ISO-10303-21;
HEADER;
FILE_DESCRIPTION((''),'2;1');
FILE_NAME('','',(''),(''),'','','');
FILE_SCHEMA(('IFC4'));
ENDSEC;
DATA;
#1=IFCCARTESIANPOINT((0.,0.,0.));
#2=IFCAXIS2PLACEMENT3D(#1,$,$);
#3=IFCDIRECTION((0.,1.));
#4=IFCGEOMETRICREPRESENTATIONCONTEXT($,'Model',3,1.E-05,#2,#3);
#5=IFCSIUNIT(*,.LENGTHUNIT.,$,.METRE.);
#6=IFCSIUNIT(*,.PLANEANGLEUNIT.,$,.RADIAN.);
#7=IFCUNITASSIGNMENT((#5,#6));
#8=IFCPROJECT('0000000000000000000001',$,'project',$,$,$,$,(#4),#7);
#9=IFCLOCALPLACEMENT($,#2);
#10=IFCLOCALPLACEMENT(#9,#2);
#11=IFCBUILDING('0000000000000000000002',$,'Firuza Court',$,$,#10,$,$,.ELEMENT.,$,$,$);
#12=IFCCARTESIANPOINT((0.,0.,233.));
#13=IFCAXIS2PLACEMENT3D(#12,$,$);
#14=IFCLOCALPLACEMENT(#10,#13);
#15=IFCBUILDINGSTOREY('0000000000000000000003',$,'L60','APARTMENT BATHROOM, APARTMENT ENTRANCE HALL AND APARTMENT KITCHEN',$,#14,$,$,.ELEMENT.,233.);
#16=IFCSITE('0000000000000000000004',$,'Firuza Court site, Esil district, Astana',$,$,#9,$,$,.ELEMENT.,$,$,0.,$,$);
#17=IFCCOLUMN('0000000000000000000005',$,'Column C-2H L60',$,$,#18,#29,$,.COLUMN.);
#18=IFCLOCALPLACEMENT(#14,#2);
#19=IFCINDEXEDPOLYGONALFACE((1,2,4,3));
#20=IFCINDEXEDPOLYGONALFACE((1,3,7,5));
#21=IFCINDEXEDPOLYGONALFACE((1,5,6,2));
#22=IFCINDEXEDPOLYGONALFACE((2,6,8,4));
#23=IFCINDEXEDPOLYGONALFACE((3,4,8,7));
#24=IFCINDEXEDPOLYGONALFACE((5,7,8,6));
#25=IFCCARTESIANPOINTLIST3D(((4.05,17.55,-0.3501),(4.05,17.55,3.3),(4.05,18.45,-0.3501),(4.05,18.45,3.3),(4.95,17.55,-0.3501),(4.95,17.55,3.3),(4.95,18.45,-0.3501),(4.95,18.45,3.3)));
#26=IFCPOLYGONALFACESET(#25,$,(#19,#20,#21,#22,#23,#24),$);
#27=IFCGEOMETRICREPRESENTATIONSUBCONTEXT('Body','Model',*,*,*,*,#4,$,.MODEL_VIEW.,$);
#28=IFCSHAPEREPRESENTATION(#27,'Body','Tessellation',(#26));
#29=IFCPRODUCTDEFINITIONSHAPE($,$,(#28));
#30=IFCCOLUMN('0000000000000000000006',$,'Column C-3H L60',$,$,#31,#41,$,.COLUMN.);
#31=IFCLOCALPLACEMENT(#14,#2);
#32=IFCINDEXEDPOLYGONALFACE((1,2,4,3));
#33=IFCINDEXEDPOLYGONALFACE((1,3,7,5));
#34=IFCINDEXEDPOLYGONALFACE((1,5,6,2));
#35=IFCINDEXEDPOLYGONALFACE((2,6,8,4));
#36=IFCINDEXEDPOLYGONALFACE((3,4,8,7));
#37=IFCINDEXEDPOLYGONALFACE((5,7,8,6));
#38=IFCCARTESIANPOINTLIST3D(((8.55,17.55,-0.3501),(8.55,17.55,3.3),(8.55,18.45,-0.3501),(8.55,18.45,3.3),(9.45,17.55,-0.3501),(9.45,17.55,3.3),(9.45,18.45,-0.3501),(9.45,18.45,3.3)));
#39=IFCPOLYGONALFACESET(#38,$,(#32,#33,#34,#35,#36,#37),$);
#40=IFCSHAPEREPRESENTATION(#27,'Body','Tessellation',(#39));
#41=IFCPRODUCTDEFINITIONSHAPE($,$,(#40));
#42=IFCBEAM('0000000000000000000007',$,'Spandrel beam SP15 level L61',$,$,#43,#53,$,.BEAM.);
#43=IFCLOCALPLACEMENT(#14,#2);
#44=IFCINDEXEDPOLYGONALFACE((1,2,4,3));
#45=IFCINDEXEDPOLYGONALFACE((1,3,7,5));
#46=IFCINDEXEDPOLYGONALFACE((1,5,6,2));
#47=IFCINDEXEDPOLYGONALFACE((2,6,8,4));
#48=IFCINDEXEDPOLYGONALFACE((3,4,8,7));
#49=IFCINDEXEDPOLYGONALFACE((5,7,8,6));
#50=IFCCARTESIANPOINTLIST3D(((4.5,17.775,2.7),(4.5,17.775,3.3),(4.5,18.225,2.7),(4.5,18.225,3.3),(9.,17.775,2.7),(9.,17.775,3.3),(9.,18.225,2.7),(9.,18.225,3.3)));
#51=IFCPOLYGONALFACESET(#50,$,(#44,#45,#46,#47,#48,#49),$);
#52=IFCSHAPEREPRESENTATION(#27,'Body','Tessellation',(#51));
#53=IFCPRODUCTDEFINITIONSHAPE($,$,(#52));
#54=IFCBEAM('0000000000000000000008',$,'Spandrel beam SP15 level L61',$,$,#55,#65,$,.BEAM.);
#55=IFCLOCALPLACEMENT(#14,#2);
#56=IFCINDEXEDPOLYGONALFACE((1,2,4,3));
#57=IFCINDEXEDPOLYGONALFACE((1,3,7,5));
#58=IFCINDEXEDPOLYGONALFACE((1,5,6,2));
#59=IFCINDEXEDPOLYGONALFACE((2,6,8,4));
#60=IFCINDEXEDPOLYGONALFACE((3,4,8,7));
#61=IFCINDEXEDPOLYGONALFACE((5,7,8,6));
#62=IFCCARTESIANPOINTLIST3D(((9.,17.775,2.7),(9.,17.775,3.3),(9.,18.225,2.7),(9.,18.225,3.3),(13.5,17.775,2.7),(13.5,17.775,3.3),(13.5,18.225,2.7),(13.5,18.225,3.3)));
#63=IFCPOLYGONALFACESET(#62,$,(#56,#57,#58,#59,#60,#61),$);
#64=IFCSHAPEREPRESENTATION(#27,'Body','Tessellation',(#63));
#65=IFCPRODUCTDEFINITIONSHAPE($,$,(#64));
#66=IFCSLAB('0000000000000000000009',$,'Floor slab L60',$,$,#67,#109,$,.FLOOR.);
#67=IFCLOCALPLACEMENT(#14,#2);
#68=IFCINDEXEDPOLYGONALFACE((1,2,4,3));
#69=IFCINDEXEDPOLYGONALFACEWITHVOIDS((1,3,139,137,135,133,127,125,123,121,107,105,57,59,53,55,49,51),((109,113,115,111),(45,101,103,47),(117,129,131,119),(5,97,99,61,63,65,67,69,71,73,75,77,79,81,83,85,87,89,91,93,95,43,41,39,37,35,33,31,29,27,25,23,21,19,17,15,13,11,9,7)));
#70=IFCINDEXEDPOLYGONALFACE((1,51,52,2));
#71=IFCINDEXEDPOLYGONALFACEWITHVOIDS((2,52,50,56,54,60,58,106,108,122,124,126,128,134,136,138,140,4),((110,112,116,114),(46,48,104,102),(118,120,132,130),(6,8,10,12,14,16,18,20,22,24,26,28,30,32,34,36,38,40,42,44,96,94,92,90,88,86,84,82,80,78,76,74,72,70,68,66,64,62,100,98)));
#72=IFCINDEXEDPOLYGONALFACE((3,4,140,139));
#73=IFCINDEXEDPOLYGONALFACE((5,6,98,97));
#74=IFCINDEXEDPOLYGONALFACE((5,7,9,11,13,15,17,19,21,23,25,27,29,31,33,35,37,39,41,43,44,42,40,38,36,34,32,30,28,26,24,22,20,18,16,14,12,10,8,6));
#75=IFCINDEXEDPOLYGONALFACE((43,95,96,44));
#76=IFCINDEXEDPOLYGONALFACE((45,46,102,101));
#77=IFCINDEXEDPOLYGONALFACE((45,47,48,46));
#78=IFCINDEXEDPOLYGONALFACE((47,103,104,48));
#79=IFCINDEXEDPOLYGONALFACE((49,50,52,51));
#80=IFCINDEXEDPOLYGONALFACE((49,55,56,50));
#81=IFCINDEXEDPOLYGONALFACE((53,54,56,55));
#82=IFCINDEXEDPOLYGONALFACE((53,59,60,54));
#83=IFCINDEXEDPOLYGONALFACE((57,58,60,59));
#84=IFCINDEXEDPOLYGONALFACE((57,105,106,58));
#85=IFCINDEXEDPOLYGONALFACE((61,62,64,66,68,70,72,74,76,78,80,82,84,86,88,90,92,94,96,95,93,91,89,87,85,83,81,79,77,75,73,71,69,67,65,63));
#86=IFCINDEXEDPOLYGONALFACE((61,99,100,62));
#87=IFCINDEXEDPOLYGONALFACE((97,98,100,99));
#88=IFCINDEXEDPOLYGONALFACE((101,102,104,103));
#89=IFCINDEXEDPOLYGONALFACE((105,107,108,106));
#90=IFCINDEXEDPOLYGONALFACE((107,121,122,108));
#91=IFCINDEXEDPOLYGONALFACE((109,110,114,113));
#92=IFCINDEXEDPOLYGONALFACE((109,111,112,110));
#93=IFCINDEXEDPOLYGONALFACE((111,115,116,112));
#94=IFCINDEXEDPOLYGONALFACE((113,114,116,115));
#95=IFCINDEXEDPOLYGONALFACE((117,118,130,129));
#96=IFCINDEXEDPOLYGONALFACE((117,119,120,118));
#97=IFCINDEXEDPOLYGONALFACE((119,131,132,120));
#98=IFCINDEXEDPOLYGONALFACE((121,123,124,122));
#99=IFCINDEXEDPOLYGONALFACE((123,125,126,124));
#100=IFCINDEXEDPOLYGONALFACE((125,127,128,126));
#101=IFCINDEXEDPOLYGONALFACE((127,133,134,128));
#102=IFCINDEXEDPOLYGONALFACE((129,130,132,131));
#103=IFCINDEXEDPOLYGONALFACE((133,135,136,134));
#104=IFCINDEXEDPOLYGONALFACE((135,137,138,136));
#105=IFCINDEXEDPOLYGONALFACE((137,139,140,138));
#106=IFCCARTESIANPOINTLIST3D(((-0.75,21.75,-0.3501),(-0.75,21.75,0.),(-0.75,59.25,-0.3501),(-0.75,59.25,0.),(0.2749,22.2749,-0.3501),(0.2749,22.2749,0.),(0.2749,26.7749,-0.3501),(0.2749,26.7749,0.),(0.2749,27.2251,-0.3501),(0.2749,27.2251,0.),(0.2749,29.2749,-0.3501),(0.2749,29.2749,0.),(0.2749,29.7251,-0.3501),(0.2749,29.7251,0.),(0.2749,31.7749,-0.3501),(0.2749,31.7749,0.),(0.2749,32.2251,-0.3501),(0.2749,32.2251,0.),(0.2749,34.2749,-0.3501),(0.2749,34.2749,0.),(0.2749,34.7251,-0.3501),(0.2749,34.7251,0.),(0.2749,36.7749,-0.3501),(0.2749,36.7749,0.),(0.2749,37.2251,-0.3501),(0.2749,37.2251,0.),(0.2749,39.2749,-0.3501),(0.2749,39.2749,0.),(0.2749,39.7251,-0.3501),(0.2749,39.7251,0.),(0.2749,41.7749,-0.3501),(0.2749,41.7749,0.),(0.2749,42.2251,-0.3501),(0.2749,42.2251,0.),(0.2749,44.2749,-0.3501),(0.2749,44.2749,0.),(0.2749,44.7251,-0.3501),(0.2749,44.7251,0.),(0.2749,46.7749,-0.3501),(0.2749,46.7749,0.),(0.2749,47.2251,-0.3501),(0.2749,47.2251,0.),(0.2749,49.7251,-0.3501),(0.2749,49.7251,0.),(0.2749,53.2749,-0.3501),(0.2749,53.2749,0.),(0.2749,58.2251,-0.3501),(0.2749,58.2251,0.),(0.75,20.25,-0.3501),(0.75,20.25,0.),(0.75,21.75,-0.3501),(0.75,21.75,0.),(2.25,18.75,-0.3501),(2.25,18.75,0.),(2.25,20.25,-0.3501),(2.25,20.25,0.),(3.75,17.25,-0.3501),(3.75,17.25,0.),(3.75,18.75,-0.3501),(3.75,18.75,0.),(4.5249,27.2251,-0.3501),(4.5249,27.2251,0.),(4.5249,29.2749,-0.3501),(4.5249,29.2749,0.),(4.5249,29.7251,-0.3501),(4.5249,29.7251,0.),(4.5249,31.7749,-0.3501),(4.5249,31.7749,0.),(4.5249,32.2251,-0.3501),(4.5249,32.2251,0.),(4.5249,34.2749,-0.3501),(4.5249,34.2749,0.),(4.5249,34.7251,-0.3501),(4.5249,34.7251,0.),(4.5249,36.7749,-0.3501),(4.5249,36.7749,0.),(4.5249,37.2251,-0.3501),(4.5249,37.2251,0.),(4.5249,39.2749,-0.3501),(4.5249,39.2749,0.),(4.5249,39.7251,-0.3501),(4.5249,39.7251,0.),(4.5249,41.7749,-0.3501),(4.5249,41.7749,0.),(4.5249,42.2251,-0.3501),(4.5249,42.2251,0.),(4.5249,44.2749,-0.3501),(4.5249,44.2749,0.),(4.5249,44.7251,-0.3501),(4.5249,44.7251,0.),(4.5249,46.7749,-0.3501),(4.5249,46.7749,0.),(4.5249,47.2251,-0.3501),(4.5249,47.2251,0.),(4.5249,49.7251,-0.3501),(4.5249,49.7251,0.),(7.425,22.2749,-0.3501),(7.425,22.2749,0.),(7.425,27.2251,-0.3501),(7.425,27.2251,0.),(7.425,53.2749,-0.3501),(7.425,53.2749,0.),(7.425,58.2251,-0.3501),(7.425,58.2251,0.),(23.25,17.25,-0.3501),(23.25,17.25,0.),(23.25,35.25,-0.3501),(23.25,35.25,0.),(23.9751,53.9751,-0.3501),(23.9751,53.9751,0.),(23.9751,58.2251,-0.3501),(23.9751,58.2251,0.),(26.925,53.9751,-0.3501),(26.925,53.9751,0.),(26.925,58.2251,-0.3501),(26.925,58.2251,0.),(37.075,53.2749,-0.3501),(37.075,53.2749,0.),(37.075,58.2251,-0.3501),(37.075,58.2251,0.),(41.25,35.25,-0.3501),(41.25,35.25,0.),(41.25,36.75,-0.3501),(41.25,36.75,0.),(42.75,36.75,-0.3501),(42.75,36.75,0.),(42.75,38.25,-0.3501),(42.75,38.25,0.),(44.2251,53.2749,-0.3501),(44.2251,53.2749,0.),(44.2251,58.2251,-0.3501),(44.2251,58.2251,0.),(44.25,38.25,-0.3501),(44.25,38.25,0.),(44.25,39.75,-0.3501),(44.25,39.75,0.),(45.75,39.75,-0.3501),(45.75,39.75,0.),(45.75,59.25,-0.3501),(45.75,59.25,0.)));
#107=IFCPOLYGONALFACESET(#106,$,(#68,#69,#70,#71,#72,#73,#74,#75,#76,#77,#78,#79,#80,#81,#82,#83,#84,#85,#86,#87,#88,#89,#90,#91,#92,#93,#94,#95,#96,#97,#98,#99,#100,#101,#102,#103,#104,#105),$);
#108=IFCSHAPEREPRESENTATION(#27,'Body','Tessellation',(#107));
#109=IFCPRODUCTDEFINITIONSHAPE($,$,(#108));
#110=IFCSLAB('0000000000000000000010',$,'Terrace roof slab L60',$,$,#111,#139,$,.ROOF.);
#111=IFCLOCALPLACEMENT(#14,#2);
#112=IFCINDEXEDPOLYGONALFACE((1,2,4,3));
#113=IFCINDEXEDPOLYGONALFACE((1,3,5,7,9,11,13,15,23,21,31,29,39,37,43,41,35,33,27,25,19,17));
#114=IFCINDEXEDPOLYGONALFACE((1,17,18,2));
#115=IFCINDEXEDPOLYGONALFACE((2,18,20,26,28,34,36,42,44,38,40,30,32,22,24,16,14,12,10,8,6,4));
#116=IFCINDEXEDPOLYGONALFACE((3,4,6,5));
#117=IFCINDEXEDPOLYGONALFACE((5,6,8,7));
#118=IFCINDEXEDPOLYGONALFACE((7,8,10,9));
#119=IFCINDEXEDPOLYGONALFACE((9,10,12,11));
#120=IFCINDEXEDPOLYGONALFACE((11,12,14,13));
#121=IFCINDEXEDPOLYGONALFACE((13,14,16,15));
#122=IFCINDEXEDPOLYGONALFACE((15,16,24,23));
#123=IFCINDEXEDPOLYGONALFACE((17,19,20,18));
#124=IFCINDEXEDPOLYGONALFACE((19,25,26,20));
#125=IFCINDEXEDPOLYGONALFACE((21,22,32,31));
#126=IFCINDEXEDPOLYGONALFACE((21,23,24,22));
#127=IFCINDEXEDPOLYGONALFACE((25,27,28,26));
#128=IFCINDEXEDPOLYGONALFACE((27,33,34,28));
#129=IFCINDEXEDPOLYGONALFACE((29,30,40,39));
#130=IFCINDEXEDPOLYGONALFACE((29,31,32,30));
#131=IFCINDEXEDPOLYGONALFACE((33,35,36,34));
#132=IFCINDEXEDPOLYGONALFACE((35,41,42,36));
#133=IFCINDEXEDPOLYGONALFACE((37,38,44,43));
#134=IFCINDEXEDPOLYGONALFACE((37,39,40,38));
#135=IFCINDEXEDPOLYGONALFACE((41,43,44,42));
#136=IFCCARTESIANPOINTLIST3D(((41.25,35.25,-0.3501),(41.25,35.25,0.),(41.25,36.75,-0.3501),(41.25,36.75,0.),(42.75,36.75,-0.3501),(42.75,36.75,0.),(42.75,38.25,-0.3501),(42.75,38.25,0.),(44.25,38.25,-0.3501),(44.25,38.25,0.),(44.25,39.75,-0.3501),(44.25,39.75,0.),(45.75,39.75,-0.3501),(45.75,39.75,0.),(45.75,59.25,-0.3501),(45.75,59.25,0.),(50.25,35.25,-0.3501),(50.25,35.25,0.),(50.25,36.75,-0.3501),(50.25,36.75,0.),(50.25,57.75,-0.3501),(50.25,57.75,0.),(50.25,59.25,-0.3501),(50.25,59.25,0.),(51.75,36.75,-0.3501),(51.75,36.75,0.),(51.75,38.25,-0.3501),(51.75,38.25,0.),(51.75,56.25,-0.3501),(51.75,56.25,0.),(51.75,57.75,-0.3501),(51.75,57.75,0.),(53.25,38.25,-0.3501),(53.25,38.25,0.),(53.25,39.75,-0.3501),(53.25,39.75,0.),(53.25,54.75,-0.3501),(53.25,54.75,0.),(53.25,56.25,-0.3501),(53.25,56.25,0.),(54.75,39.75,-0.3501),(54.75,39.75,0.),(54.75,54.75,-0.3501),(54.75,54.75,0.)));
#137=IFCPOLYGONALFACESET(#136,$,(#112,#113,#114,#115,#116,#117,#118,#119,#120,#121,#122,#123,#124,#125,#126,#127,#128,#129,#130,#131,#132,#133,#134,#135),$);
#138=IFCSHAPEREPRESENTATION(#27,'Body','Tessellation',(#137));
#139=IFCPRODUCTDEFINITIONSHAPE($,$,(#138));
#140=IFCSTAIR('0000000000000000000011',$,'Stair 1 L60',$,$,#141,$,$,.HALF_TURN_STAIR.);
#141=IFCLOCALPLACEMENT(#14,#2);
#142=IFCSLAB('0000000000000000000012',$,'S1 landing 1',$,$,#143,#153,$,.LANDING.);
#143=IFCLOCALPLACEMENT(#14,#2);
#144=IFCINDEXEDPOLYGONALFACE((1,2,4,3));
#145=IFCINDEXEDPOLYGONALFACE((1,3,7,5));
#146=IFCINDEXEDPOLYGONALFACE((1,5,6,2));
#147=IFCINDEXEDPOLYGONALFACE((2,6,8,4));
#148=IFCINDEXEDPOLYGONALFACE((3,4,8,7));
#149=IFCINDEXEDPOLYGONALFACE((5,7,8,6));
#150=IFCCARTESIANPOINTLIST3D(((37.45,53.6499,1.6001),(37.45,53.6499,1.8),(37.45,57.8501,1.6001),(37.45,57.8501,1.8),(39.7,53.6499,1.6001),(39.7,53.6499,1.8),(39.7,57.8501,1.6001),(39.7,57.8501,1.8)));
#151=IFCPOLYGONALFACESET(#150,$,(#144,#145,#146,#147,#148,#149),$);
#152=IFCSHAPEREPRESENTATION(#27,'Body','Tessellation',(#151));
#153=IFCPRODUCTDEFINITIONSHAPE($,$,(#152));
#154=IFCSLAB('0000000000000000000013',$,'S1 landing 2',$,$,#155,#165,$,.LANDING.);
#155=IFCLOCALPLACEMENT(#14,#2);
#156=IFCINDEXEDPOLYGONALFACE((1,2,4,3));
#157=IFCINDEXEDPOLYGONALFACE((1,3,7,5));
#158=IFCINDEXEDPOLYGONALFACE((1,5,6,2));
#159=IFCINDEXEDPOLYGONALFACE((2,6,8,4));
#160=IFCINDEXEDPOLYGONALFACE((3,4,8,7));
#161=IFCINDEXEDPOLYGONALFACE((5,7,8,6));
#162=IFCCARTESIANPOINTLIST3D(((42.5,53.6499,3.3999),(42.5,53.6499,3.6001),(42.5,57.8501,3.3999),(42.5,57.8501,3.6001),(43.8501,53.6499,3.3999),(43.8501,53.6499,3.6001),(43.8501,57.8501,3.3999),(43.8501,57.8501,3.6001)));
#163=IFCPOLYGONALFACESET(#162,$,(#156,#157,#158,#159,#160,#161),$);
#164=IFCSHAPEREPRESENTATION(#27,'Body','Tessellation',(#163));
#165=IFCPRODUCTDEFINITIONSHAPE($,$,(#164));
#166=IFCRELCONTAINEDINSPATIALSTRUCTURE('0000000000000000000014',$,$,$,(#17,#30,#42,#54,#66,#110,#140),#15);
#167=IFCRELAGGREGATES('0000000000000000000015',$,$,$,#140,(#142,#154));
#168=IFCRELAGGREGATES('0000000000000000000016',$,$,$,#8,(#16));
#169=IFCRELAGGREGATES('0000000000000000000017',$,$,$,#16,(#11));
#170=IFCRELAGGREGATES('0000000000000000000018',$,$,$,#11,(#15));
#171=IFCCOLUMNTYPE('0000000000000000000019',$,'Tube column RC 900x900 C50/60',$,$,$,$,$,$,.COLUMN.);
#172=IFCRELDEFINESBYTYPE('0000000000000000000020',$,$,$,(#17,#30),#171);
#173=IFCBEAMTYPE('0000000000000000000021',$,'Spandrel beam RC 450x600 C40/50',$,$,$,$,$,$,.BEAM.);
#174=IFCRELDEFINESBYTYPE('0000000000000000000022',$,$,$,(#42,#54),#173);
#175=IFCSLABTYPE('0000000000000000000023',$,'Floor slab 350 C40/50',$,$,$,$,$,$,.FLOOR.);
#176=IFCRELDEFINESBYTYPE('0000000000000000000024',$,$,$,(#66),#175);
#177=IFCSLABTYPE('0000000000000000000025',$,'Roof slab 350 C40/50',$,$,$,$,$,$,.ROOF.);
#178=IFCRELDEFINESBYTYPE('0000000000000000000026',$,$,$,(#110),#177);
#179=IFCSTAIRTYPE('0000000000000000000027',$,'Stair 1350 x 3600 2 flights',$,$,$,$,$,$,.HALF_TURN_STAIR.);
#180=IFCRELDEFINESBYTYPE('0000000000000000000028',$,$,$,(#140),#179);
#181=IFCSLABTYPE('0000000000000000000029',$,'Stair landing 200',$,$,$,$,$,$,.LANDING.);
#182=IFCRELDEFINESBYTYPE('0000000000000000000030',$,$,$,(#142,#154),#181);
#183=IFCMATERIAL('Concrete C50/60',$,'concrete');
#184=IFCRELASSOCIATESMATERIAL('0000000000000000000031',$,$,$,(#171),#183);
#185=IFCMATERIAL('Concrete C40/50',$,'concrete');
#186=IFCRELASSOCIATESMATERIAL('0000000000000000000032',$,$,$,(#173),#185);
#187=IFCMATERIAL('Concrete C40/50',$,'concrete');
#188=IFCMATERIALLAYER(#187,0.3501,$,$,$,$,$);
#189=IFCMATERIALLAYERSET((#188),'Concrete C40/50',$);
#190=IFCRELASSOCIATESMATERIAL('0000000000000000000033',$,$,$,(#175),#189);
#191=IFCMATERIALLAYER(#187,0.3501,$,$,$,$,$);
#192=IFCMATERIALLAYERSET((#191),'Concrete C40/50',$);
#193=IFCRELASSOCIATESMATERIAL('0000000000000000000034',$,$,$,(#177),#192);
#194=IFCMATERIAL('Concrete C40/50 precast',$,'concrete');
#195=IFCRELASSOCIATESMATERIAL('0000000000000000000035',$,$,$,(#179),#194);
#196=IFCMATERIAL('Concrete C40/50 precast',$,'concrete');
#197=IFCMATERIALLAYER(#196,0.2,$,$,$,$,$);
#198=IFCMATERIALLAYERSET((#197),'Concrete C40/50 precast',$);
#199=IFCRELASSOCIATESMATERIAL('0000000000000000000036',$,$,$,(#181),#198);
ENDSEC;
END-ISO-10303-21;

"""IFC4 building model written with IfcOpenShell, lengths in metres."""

from ifc_helpers import new_model, si_unit, direction, frame, origin, origin_2d, place, context, subcontext, project, spatial, polyline, rectangle, outline, extrude, material, layer, layer_set, material_profile, profile_set, type_object, element, aggregate, save


model = new_model("IFC4")

# Units and contexts
model_context = context("Model", 3, precision=1e-05, world=origin(), true_north=direction((0.0, 1.0)))
body_context = subcontext(model_context, "Body", "Model", "MODEL_VIEW")
ifc_project = project(units=[si_unit("LENGTHUNIT", "METRE"), si_unit("PLANEANGLEUNIT", "RADIAN")], contexts=[model_context])

# Site, building, storey
site_placement = place(None, origin())
site = spatial("IfcSite", under=ifc_project, at=site_placement, Name="Firuza Court site, Esil district, Astana", CompositionType="ELEMENT", RefElevation=0.0)
building_placement = place(site_placement, origin())
building = spatial("IfcBuilding", under=site, at=building_placement, Name="Firuza Court", CompositionType="ELEMENT")
storey_placement = place(building_placement, frame((0.0, 0.0, 233.0)))
storey = spatial("IfcBuildingStorey", under=building, at=storey_placement, Name="L60", Description="APARTMENT BATHROOM, APARTMENT ENTRANCE HALL AND APARTMENT KITCHEN", CompositionType="ELEMENT", Elevation=233.0)

# Columns
ifc_material_1 = material(Name="Concrete C50/60", Category="concrete")
ifc_material_profile_1 = material_profile(ifc_material_1, rectangle(XDim=0.8999, YDim=0.8999, at=origin_2d()), Name="RC 900x900")
ifc_profile_set_1 = profile_set([ifc_material_profile_1], Name="Concrete C50/60")
column_type = type_object("IfcColumnType", Name="Tube column RC 900x900 C50/60", PredefinedType="COLUMN", material=ifc_profile_set_1)
for number, where, z_axis, x_axis, name in (
    (1, (4.5, 18.0, -0.3501), (0.0, 0.0, 1.0), (1.0, 0.0, 0.0), "Column C-2H L60"),
    (2, (9.0, 18.0, -0.3501), (0.0, 0.0, 1.0), (1.0, 0.0, 0.0), "Column C-3H L60"),
):
    element("IfcColumn", number, at=place(storey_placement, frame(where, z_axis=z_axis, x_axis=x_axis)), inside=storey, type_object=column_type, Name=name, PredefinedType="COLUMN", context=body_context, shape_type="SweptSolid", body=[
        extrude(rectangle(XDim=0.8999, YDim=0.8999, at=origin_2d()), origin(), (0.0, 0.0, 1.0), 3.6501),
    ])

# Beams
ifc_material_2 = material(Name="Concrete C40/50", Category="concrete")
ifc_material_profile_2 = material_profile(ifc_material_2, rectangle(XDim=0.45, YDim=0.6001, at=origin_2d()), Name="RC 450x600")
ifc_profile_set_2 = profile_set([ifc_material_profile_2], Name="Concrete C40/50")
beam_type = type_object("IfcBeamType", Name="Spandrel beam RC 450x600 C40/50", PredefinedType="BEAM", material=ifc_profile_set_2)
for number, where, z_axis, x_axis, name in (
    (3, (4.5, 18.0, 3.0), (1.0, 0.0, 0.0), (0.0, 1.0, 0.0), "Spandrel beam SP15 level L61"),
    (4, (9.0, 18.0, 3.0), (1.0, 0.0, 0.0), (0.0, 1.0, 0.0), "Spandrel beam SP15 level L61"),
):
    element("IfcBeam", number, at=place(storey_placement, frame(where, z_axis=z_axis, x_axis=x_axis)), inside=storey, type_object=beam_type, Name=name, PredefinedType="BEAM", context=body_context, shape_type="SweptSolid", body=[
        extrude(rectangle(XDim=0.45, YDim=0.6001, at=origin_2d()), origin(), (0.0, 0.0, 1.0), 4.5),
    ])

# Slabs
ifc_material_3 = material(Name="Concrete C40/50", Category="concrete")
ifc_layer_1 = layer(ifc_material_3, 0.3501)
ifc_layer_set_1 = layer_set([ifc_layer_1], Name="Concrete C40/50")
slab_type_1 = type_object("IfcSlabType", Name="Floor slab 350 C40/50", PredefinedType="FLOOR", material=ifc_layer_set_1)
slab_1_placement = place(storey_placement, frame((0.0, 0.0, -0.3501)))
element("IfcSlab", 5, at=slab_1_placement, inside=storey, type_object=slab_type_1, Name="Floor slab L60", PredefinedType="FLOOR", context=body_context, shape_type="SweptSolid", body=[
    extrude(outline(polyline([(-0.75, 59.25), (45.75, 59.25), (45.75, 39.75), (44.25, 39.75), (44.25, 38.25), (42.75, 38.25), (42.75, 36.75), (41.25, 36.75), (41.25, 35.25), (23.25, 35.25), (23.25, 17.25), (3.75, 17.25), (3.75, 18.75), (2.25, 18.75), (2.25, 20.25), (0.75, 20.25), (0.75, 21.75), (-0.75, 21.75), (-0.75, 59.25)]), holes=[polyline([(0.2749, 34.2749), (0.2749, 32.2251), (0.2749, 31.7749), (0.2749, 29.7251), (0.2749, 29.2749), (0.2749, 27.2251), (0.2749, 26.7749), (0.2749, 22.2749), (7.425, 22.2749), (7.425, 27.2251), (4.5249, 27.2251), (4.5249, 29.2749), (4.5249, 29.7251), (4.5249, 31.7749), (4.5249, 32.2251), (4.5249, 34.2749), (4.5249, 34.7251), (4.5249, 36.7749), (4.5249, 37.2251), (4.5249, 39.2749), (4.5249, 39.7251), (4.5249, 41.7749), (4.5249, 42.2251), (4.5249, 44.2749), (4.5249, 44.7251), (4.5249, 46.7749), (4.5249, 47.2251), (4.5249, 49.7251), (0.2749, 49.7251), (0.2749, 47.2251), (0.2749, 46.7749), (0.2749, 44.7251), (0.2749, 44.2749), (0.2749, 42.2251), (0.2749, 41.7749), (0.2749, 39.7251), (0.2749, 39.2749), (0.2749, 37.2251), (0.2749, 36.7749), (0.2749, 34.7251), (0.2749, 34.2749)]), polyline([(7.425, 58.2251), (0.2749, 58.2251), (0.2749, 53.2749), (7.425, 53.2749), (7.425, 58.2251)]), polyline([(44.2251, 58.2251), (37.075, 58.2251), (37.075, 53.2749), (44.2251, 53.2749), (44.2251, 58.2251)]), polyline([(26.925, 58.2251), (23.9751, 58.2251), (23.9751, 53.9751), (26.925, 53.9751), (26.925, 58.2251)])]), origin(), (0.0, 0.0, 1.0), 0.3501),
])
ifc_layer_2 = layer(ifc_material_3, 0.3501)
ifc_layer_set_2 = layer_set([ifc_layer_2], Name="Concrete C40/50")
slab_type_2 = type_object("IfcSlabType", Name="Roof slab 350 C40/50", PredefinedType="ROOF", material=ifc_layer_set_2)
slab_2_placement = place(storey_placement, frame((0.0, 0.0, -0.3501)))
element("IfcSlab", 6, at=slab_2_placement, inside=storey, type_object=slab_type_2, Name="Terrace roof slab L60", PredefinedType="ROOF", context=body_context, shape_type="SweptSolid", body=[
    extrude(outline(polyline([(50.25, 59.25), (50.25, 57.75), (51.75, 57.75), (51.75, 56.25), (53.25, 56.25), (53.25, 54.75), (54.75, 54.75), (54.75, 39.75), (53.25, 39.75), (53.25, 38.25), (51.75, 38.25), (51.75, 36.75), (50.25, 36.75), (50.25, 35.25), (41.25, 35.25), (41.25, 36.75), (42.75, 36.75), (42.75, 38.25), (44.25, 38.25), (44.25, 39.75), (45.75, 39.75), (45.75, 59.25), (50.25, 59.25)])), origin(), (0.0, 0.0, 1.0), 0.3501),
])

# Stair, slabs
ifc_material_4 = material(Name="Concrete C40/50 precast", Category="concrete")
stair_type = type_object("IfcStairType", Name="Stair 1350 x 3600 2 flights", PredefinedType="HALF_TURN_STAIR", material=ifc_material_4)
stair_1_placement = place(storey_placement, origin())
stair_1 = element("IfcStair", 7, at=stair_1_placement, inside=storey, type_object=stair_type, Name="Stair 1 L60", PredefinedType="HALF_TURN_STAIR")
ifc_material_5 = material(Name="Concrete C40/50 precast", Category="concrete")
ifc_layer_3 = layer(ifc_material_5, 0.2)
ifc_layer_set_3 = layer_set([ifc_layer_3], Name="Concrete C40/50 precast")
slab_type_3 = type_object("IfcSlabType", Name="Stair landing 200", PredefinedType="LANDING", material=ifc_layer_set_3)
slab_3_placement = place(storey_placement, frame((0.0, 0.0, 1.6001)))
slab_3 = element("IfcSlab", 8, at=slab_3_placement, type_object=slab_type_3, Name="S1 landing 1", PredefinedType="LANDING", context=body_context, shape_type="SweptSolid", body=[
    extrude(outline(polyline([(39.7, 53.6499), (39.7, 57.8501), (37.45, 57.8501), (37.45, 53.6499), (39.7, 53.6499)])), origin(), (0.0, 0.0, 1.0), 0.2),
])
slab_4_placement = place(storey_placement, frame((0.0, 0.0, 3.3999)))
slab_4 = element("IfcSlab", 9, at=slab_4_placement, type_object=slab_type_3, Name="S1 landing 2", PredefinedType="LANDING", context=body_context, shape_type="SweptSolid", body=[
    extrude(outline(polyline([(43.8501, 53.6499), (43.8501, 57.8501), (42.5, 57.8501), (42.5, 53.6499), (43.8501, 53.6499)])), origin(), (0.0, 0.0, 1.0), 0.2002),
])
aggregate(stair_1, [slab_3, slab_4])

save(model, "model.ifc")
